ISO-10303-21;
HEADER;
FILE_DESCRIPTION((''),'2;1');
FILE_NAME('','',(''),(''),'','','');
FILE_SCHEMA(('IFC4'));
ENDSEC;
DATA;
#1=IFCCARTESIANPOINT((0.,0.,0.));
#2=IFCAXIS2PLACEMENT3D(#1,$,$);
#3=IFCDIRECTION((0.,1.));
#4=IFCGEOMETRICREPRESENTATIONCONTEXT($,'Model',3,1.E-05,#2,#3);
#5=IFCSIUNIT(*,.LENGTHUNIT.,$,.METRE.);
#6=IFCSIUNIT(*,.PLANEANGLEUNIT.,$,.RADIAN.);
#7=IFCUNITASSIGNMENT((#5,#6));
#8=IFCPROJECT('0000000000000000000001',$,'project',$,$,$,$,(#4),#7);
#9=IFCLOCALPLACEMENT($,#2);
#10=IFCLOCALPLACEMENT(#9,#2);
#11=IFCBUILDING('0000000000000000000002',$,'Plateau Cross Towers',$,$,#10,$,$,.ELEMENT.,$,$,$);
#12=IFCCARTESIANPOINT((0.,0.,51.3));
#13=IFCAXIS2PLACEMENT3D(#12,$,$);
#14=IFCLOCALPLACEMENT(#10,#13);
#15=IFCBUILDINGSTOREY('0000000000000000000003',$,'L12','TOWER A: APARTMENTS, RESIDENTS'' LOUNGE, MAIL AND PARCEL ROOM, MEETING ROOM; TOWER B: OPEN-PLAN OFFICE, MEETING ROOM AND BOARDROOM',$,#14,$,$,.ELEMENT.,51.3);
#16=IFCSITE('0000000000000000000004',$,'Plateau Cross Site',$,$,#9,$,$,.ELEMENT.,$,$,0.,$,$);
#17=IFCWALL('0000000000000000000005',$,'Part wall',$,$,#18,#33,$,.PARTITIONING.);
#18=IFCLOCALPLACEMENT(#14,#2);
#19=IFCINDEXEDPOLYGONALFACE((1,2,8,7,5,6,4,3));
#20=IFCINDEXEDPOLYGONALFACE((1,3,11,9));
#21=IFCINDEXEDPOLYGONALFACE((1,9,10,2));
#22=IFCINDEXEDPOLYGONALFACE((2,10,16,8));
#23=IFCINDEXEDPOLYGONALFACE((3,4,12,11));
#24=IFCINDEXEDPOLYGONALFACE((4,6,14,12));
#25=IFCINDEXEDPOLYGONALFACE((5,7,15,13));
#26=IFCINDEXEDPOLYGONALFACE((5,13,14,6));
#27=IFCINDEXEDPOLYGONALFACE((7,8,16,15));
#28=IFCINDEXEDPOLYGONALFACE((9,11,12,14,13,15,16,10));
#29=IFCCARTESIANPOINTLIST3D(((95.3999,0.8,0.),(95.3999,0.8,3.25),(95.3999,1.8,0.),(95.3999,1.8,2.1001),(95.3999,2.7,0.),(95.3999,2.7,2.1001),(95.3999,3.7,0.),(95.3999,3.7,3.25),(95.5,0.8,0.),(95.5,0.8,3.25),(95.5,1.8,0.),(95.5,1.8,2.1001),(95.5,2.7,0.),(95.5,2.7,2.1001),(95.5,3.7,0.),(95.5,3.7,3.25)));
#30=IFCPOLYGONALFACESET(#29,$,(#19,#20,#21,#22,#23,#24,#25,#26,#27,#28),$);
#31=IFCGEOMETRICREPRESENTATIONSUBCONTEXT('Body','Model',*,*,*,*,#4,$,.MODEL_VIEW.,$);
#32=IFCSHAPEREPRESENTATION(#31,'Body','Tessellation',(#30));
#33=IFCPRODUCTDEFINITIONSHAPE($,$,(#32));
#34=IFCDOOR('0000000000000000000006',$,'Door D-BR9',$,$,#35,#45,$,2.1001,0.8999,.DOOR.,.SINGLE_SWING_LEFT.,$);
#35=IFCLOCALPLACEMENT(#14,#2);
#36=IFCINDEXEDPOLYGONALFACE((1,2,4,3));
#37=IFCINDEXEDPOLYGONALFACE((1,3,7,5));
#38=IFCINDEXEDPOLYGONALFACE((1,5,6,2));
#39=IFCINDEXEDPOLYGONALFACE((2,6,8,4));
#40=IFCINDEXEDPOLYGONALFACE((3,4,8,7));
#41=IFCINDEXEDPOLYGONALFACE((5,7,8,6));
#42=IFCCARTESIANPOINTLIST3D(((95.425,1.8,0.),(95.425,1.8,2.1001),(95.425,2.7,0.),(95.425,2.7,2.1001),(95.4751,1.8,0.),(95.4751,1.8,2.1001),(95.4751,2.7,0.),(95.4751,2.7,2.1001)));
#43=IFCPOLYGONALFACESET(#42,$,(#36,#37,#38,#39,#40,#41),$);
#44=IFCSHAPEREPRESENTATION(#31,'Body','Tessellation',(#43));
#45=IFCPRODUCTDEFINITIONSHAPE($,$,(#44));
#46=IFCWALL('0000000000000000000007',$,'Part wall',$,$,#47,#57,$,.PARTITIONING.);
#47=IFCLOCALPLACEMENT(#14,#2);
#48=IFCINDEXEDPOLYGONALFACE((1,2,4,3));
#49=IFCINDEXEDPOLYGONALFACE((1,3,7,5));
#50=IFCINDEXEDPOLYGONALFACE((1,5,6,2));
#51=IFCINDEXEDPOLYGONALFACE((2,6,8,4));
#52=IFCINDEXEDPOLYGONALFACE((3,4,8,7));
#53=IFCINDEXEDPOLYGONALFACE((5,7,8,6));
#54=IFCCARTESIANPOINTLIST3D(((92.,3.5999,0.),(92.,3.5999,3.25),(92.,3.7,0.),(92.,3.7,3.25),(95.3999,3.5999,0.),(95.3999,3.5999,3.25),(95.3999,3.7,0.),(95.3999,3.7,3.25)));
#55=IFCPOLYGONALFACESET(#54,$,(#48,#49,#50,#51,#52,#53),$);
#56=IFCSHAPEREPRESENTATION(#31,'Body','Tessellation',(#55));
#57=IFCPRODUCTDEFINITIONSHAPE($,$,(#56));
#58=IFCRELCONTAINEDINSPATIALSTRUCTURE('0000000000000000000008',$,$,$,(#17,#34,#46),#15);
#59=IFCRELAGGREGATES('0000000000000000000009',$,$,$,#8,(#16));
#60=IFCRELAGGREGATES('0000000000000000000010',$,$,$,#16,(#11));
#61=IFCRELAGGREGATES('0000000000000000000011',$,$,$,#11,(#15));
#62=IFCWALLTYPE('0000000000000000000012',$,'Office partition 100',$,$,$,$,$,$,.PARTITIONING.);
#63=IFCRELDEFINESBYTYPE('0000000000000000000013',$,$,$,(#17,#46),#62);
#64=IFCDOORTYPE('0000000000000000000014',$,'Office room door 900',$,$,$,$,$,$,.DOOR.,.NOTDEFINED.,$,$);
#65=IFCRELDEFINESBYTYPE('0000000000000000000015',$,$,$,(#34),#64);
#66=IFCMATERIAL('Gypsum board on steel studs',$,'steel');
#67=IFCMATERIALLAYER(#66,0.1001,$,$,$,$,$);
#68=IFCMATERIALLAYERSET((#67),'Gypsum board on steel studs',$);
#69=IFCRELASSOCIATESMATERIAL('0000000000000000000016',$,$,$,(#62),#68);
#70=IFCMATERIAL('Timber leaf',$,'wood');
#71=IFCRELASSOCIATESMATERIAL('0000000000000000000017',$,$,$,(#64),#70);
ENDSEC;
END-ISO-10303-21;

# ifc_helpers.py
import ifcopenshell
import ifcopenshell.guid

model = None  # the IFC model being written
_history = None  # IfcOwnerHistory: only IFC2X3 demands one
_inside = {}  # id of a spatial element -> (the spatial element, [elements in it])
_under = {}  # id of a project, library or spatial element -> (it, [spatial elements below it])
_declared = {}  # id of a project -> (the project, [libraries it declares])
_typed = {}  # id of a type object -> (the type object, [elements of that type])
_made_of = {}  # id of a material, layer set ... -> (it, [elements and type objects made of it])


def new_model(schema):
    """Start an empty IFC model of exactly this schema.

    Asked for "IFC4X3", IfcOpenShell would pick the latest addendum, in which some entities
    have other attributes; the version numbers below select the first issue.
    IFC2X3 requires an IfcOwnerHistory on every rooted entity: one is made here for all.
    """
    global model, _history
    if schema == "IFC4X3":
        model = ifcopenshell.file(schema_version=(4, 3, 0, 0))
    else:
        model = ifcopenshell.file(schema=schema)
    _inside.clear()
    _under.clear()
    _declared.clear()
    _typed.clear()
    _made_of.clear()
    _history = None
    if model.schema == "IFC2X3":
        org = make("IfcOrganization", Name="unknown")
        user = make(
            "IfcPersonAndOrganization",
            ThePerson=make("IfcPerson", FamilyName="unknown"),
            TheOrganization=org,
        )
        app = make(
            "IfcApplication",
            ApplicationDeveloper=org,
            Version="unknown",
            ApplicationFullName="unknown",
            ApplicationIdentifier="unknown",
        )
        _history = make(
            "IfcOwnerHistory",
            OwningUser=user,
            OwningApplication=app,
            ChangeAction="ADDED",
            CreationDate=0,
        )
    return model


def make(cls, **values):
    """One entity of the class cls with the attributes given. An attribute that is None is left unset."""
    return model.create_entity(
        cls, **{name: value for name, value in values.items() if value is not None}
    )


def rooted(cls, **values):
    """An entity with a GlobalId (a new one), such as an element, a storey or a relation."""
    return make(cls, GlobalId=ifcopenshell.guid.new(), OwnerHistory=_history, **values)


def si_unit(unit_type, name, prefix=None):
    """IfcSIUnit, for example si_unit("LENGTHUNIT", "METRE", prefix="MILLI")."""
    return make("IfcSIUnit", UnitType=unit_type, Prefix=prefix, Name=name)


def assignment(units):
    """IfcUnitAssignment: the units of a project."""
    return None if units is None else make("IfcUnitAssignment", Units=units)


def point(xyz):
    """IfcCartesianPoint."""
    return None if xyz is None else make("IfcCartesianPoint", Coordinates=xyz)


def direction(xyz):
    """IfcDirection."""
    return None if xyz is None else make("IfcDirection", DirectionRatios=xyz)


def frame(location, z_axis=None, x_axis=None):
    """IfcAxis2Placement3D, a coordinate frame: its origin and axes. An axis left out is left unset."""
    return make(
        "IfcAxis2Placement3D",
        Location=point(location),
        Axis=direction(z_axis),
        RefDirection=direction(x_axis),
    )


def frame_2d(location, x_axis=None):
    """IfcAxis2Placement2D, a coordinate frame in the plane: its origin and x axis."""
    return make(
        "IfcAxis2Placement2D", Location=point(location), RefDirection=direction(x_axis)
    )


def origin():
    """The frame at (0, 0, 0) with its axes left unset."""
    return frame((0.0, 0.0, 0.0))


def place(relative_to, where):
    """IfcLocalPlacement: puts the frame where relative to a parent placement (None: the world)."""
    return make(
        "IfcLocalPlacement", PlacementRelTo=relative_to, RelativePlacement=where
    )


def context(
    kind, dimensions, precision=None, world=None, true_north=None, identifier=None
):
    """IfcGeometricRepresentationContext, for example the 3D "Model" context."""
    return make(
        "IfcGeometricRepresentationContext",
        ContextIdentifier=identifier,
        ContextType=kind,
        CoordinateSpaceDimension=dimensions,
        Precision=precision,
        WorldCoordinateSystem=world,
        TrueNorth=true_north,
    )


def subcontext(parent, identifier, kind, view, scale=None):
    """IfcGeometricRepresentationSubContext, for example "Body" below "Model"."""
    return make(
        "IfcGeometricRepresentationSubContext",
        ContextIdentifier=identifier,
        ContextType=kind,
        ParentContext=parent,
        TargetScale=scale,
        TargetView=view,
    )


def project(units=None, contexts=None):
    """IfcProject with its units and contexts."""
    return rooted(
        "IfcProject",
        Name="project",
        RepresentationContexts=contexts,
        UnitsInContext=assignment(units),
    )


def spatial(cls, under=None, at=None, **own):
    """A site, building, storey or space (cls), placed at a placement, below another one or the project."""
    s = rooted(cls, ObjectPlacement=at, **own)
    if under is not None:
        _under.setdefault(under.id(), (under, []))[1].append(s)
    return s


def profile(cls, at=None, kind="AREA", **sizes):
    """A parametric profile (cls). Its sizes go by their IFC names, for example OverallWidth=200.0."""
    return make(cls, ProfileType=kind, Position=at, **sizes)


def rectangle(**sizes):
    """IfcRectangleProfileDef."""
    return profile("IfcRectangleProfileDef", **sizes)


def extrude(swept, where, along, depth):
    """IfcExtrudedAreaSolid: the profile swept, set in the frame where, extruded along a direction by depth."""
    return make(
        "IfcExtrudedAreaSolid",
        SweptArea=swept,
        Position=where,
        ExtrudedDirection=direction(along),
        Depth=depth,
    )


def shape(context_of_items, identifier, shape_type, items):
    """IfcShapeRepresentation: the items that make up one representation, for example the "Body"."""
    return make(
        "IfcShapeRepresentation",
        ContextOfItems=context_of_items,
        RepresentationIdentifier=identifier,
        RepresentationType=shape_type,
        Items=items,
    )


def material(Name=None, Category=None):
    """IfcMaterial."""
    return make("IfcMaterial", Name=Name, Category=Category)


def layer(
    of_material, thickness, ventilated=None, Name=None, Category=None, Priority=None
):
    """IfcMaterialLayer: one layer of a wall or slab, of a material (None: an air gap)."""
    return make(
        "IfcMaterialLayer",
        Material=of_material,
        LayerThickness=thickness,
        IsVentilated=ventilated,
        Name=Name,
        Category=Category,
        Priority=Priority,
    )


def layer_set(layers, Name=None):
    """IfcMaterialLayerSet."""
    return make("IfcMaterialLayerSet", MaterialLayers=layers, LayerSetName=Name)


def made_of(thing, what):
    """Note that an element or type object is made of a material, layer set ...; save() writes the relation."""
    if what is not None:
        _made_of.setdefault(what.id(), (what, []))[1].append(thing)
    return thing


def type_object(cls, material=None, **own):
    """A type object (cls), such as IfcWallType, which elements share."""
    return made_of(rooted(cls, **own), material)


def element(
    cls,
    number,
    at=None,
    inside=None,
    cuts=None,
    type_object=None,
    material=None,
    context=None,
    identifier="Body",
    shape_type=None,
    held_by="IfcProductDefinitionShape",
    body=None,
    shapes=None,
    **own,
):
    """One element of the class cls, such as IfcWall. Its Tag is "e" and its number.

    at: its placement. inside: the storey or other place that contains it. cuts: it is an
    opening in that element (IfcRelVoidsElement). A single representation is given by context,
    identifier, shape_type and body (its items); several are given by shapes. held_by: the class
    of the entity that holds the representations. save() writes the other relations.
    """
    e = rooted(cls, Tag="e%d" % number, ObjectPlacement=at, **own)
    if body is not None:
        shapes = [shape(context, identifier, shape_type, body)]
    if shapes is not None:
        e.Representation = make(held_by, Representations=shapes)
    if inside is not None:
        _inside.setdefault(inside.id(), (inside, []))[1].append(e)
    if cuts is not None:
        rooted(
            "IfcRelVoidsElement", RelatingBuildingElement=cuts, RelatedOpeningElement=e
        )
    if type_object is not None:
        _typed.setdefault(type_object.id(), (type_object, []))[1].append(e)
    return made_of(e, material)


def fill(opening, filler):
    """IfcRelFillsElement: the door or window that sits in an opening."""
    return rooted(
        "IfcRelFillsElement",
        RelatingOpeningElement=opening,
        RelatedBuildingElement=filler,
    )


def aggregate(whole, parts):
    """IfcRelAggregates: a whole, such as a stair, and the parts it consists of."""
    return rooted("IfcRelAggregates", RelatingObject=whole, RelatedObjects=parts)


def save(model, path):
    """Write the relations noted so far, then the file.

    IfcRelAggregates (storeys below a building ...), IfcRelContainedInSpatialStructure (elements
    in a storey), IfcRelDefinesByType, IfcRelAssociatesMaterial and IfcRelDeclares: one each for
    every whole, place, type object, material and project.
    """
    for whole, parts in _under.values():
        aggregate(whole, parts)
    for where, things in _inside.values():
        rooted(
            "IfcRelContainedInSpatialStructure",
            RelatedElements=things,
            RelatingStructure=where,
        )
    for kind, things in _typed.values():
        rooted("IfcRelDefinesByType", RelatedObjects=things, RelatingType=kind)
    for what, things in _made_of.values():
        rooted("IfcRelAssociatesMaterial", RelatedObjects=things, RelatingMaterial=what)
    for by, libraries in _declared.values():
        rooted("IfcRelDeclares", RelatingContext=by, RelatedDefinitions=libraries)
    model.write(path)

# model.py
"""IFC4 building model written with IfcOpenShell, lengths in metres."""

from ifc_helpers import new_model, si_unit, direction, frame, frame_2d, origin, place, context, subcontext, project, spatial, rectangle, extrude, material, layer, layer_set, type_object, element, fill, save


model = new_model("IFC4")

# Units and contexts
model_context = context("Model", 3, precision=1e-05, world=origin(), true_north=direction((0.0, 1.0)))
body_context = subcontext(model_context, "Body", "Model", "MODEL_VIEW")
ifc_project = project(units=[si_unit("LENGTHUNIT", "METRE"), si_unit("PLANEANGLEUNIT", "RADIAN")], contexts=[model_context])

# Site, building, storey
site_placement = place(None, origin())
site = spatial("IfcSite", under=ifc_project, at=site_placement, Name="Plateau Cross Site", CompositionType="ELEMENT", RefElevation=0.0)
building_placement = place(site_placement, origin())
building = spatial("IfcBuilding", under=site, at=building_placement, Name="Plateau Cross Towers", CompositionType="ELEMENT")
storey_placement = place(building_placement, frame((0.0, 0.0, 51.3)))
storey = spatial("IfcBuildingStorey", under=building, at=storey_placement, Name="L12", Description="TOWER A: APARTMENTS, RESIDENTS' LOUNGE, MAIL AND PARCEL ROOM, MEETING ROOM; TOWER B: OPEN-PLAN OFFICE, MEETING ROOM AND BOARDROOM", CompositionType="ELEMENT", Elevation=51.3)

# Wall, opening, door
ifc_material_1 = material(Name="Gypsum board on steel studs", Category="steel")
ifc_layer_1 = layer(ifc_material_1, 0.1001)
ifc_layer_set_1 = layer_set([ifc_layer_1], Name="Gypsum board on steel studs")
wall_type_1 = type_object("IfcWallType", Name="Office partition 100", PredefinedType="PARTITIONING", material=ifc_layer_set_1)
wall_1_placement = place(storey_placement, frame((95.45, 0.8, 0.0), z_axis=(0.0, 0.0, 1.0), x_axis=(0.0, 1.0, 0.0)))
wall_1 = element("IfcWall", 1, at=wall_1_placement, inside=storey, type_object=wall_type_1, Name="Part wall", PredefinedType="PARTITIONING", context=body_context, shape_type="SweptSolid", body=[
    extrude(rectangle(XDim=2.8999, YDim=0.1001, at=frame_2d((1.45, 0.0))), origin(), (0.0, 0.0, 1.0), 3.25),
])
opening_1_placement = place(wall_1_placement, frame((1.0, 0.0, 0.0)))
opening_1 = element("IfcOpeningElement", 2, at=opening_1_placement, cuts=wall_1, PredefinedType="OPENING", context=body_context, shape_type="SweptSolid", body=[
    extrude(rectangle(XDim=0.8999, YDim=2.1001, at=frame_2d((0.45, 1.05))), frame((0.0, 0.0601, 0.0), z_axis=(0.0, -1.0, 0.0), x_axis=(1.0, 0.0, 0.0)), (0.0, 0.0, 1.0), 0.1201),
])
ifc_material_2 = material(Name="Timber leaf", Category="wood")
door_type_1 = type_object("IfcDoorType", Name="Office room door 900", OperationType="NOTDEFINED", PredefinedType="DOOR", material=ifc_material_2)
door_1_placement = place(opening_1_placement, origin())
door_1 = element("IfcDoor", 3, at=door_1_placement, inside=storey, type_object=door_type_1, Name="Door D-BR9", OperationType="SINGLE_SWING_LEFT", OverallHeight=2.1001, OverallWidth=0.8999, PredefinedType="DOOR", context=body_context, shape_type="SweptSolid", body=[
    extrude(rectangle(XDim=0.8999, YDim=2.1001, at=frame_2d((0.45, 1.05))), frame((0.0, 0.0249, 0.0), z_axis=(0.0, -1.0, 0.0), x_axis=(1.0, 0.0, 0.0)), (0.0, 0.0, 1.0), 0.05),
])
fill(opening_1, door_1)

# Wall
wall_2_placement = place(storey_placement, frame((92.0, 3.6499, 0.0), z_axis=(0.0, 0.0, 1.0), x_axis=(1.0, 0.0, 0.0)))
element("IfcWall", 4, at=wall_2_placement, inside=storey, type_object=wall_type_1, Name="Part wall", PredefinedType="PARTITIONING", context=body_context, shape_type="SweptSolid", body=[
    extrude(rectangle(XDim=3.3999, YDim=0.1001, at=frame_2d((1.7, 0.0))), origin(), (0.0, 0.0, 1.0), 3.25),
])

save(model, "model.ifc")
